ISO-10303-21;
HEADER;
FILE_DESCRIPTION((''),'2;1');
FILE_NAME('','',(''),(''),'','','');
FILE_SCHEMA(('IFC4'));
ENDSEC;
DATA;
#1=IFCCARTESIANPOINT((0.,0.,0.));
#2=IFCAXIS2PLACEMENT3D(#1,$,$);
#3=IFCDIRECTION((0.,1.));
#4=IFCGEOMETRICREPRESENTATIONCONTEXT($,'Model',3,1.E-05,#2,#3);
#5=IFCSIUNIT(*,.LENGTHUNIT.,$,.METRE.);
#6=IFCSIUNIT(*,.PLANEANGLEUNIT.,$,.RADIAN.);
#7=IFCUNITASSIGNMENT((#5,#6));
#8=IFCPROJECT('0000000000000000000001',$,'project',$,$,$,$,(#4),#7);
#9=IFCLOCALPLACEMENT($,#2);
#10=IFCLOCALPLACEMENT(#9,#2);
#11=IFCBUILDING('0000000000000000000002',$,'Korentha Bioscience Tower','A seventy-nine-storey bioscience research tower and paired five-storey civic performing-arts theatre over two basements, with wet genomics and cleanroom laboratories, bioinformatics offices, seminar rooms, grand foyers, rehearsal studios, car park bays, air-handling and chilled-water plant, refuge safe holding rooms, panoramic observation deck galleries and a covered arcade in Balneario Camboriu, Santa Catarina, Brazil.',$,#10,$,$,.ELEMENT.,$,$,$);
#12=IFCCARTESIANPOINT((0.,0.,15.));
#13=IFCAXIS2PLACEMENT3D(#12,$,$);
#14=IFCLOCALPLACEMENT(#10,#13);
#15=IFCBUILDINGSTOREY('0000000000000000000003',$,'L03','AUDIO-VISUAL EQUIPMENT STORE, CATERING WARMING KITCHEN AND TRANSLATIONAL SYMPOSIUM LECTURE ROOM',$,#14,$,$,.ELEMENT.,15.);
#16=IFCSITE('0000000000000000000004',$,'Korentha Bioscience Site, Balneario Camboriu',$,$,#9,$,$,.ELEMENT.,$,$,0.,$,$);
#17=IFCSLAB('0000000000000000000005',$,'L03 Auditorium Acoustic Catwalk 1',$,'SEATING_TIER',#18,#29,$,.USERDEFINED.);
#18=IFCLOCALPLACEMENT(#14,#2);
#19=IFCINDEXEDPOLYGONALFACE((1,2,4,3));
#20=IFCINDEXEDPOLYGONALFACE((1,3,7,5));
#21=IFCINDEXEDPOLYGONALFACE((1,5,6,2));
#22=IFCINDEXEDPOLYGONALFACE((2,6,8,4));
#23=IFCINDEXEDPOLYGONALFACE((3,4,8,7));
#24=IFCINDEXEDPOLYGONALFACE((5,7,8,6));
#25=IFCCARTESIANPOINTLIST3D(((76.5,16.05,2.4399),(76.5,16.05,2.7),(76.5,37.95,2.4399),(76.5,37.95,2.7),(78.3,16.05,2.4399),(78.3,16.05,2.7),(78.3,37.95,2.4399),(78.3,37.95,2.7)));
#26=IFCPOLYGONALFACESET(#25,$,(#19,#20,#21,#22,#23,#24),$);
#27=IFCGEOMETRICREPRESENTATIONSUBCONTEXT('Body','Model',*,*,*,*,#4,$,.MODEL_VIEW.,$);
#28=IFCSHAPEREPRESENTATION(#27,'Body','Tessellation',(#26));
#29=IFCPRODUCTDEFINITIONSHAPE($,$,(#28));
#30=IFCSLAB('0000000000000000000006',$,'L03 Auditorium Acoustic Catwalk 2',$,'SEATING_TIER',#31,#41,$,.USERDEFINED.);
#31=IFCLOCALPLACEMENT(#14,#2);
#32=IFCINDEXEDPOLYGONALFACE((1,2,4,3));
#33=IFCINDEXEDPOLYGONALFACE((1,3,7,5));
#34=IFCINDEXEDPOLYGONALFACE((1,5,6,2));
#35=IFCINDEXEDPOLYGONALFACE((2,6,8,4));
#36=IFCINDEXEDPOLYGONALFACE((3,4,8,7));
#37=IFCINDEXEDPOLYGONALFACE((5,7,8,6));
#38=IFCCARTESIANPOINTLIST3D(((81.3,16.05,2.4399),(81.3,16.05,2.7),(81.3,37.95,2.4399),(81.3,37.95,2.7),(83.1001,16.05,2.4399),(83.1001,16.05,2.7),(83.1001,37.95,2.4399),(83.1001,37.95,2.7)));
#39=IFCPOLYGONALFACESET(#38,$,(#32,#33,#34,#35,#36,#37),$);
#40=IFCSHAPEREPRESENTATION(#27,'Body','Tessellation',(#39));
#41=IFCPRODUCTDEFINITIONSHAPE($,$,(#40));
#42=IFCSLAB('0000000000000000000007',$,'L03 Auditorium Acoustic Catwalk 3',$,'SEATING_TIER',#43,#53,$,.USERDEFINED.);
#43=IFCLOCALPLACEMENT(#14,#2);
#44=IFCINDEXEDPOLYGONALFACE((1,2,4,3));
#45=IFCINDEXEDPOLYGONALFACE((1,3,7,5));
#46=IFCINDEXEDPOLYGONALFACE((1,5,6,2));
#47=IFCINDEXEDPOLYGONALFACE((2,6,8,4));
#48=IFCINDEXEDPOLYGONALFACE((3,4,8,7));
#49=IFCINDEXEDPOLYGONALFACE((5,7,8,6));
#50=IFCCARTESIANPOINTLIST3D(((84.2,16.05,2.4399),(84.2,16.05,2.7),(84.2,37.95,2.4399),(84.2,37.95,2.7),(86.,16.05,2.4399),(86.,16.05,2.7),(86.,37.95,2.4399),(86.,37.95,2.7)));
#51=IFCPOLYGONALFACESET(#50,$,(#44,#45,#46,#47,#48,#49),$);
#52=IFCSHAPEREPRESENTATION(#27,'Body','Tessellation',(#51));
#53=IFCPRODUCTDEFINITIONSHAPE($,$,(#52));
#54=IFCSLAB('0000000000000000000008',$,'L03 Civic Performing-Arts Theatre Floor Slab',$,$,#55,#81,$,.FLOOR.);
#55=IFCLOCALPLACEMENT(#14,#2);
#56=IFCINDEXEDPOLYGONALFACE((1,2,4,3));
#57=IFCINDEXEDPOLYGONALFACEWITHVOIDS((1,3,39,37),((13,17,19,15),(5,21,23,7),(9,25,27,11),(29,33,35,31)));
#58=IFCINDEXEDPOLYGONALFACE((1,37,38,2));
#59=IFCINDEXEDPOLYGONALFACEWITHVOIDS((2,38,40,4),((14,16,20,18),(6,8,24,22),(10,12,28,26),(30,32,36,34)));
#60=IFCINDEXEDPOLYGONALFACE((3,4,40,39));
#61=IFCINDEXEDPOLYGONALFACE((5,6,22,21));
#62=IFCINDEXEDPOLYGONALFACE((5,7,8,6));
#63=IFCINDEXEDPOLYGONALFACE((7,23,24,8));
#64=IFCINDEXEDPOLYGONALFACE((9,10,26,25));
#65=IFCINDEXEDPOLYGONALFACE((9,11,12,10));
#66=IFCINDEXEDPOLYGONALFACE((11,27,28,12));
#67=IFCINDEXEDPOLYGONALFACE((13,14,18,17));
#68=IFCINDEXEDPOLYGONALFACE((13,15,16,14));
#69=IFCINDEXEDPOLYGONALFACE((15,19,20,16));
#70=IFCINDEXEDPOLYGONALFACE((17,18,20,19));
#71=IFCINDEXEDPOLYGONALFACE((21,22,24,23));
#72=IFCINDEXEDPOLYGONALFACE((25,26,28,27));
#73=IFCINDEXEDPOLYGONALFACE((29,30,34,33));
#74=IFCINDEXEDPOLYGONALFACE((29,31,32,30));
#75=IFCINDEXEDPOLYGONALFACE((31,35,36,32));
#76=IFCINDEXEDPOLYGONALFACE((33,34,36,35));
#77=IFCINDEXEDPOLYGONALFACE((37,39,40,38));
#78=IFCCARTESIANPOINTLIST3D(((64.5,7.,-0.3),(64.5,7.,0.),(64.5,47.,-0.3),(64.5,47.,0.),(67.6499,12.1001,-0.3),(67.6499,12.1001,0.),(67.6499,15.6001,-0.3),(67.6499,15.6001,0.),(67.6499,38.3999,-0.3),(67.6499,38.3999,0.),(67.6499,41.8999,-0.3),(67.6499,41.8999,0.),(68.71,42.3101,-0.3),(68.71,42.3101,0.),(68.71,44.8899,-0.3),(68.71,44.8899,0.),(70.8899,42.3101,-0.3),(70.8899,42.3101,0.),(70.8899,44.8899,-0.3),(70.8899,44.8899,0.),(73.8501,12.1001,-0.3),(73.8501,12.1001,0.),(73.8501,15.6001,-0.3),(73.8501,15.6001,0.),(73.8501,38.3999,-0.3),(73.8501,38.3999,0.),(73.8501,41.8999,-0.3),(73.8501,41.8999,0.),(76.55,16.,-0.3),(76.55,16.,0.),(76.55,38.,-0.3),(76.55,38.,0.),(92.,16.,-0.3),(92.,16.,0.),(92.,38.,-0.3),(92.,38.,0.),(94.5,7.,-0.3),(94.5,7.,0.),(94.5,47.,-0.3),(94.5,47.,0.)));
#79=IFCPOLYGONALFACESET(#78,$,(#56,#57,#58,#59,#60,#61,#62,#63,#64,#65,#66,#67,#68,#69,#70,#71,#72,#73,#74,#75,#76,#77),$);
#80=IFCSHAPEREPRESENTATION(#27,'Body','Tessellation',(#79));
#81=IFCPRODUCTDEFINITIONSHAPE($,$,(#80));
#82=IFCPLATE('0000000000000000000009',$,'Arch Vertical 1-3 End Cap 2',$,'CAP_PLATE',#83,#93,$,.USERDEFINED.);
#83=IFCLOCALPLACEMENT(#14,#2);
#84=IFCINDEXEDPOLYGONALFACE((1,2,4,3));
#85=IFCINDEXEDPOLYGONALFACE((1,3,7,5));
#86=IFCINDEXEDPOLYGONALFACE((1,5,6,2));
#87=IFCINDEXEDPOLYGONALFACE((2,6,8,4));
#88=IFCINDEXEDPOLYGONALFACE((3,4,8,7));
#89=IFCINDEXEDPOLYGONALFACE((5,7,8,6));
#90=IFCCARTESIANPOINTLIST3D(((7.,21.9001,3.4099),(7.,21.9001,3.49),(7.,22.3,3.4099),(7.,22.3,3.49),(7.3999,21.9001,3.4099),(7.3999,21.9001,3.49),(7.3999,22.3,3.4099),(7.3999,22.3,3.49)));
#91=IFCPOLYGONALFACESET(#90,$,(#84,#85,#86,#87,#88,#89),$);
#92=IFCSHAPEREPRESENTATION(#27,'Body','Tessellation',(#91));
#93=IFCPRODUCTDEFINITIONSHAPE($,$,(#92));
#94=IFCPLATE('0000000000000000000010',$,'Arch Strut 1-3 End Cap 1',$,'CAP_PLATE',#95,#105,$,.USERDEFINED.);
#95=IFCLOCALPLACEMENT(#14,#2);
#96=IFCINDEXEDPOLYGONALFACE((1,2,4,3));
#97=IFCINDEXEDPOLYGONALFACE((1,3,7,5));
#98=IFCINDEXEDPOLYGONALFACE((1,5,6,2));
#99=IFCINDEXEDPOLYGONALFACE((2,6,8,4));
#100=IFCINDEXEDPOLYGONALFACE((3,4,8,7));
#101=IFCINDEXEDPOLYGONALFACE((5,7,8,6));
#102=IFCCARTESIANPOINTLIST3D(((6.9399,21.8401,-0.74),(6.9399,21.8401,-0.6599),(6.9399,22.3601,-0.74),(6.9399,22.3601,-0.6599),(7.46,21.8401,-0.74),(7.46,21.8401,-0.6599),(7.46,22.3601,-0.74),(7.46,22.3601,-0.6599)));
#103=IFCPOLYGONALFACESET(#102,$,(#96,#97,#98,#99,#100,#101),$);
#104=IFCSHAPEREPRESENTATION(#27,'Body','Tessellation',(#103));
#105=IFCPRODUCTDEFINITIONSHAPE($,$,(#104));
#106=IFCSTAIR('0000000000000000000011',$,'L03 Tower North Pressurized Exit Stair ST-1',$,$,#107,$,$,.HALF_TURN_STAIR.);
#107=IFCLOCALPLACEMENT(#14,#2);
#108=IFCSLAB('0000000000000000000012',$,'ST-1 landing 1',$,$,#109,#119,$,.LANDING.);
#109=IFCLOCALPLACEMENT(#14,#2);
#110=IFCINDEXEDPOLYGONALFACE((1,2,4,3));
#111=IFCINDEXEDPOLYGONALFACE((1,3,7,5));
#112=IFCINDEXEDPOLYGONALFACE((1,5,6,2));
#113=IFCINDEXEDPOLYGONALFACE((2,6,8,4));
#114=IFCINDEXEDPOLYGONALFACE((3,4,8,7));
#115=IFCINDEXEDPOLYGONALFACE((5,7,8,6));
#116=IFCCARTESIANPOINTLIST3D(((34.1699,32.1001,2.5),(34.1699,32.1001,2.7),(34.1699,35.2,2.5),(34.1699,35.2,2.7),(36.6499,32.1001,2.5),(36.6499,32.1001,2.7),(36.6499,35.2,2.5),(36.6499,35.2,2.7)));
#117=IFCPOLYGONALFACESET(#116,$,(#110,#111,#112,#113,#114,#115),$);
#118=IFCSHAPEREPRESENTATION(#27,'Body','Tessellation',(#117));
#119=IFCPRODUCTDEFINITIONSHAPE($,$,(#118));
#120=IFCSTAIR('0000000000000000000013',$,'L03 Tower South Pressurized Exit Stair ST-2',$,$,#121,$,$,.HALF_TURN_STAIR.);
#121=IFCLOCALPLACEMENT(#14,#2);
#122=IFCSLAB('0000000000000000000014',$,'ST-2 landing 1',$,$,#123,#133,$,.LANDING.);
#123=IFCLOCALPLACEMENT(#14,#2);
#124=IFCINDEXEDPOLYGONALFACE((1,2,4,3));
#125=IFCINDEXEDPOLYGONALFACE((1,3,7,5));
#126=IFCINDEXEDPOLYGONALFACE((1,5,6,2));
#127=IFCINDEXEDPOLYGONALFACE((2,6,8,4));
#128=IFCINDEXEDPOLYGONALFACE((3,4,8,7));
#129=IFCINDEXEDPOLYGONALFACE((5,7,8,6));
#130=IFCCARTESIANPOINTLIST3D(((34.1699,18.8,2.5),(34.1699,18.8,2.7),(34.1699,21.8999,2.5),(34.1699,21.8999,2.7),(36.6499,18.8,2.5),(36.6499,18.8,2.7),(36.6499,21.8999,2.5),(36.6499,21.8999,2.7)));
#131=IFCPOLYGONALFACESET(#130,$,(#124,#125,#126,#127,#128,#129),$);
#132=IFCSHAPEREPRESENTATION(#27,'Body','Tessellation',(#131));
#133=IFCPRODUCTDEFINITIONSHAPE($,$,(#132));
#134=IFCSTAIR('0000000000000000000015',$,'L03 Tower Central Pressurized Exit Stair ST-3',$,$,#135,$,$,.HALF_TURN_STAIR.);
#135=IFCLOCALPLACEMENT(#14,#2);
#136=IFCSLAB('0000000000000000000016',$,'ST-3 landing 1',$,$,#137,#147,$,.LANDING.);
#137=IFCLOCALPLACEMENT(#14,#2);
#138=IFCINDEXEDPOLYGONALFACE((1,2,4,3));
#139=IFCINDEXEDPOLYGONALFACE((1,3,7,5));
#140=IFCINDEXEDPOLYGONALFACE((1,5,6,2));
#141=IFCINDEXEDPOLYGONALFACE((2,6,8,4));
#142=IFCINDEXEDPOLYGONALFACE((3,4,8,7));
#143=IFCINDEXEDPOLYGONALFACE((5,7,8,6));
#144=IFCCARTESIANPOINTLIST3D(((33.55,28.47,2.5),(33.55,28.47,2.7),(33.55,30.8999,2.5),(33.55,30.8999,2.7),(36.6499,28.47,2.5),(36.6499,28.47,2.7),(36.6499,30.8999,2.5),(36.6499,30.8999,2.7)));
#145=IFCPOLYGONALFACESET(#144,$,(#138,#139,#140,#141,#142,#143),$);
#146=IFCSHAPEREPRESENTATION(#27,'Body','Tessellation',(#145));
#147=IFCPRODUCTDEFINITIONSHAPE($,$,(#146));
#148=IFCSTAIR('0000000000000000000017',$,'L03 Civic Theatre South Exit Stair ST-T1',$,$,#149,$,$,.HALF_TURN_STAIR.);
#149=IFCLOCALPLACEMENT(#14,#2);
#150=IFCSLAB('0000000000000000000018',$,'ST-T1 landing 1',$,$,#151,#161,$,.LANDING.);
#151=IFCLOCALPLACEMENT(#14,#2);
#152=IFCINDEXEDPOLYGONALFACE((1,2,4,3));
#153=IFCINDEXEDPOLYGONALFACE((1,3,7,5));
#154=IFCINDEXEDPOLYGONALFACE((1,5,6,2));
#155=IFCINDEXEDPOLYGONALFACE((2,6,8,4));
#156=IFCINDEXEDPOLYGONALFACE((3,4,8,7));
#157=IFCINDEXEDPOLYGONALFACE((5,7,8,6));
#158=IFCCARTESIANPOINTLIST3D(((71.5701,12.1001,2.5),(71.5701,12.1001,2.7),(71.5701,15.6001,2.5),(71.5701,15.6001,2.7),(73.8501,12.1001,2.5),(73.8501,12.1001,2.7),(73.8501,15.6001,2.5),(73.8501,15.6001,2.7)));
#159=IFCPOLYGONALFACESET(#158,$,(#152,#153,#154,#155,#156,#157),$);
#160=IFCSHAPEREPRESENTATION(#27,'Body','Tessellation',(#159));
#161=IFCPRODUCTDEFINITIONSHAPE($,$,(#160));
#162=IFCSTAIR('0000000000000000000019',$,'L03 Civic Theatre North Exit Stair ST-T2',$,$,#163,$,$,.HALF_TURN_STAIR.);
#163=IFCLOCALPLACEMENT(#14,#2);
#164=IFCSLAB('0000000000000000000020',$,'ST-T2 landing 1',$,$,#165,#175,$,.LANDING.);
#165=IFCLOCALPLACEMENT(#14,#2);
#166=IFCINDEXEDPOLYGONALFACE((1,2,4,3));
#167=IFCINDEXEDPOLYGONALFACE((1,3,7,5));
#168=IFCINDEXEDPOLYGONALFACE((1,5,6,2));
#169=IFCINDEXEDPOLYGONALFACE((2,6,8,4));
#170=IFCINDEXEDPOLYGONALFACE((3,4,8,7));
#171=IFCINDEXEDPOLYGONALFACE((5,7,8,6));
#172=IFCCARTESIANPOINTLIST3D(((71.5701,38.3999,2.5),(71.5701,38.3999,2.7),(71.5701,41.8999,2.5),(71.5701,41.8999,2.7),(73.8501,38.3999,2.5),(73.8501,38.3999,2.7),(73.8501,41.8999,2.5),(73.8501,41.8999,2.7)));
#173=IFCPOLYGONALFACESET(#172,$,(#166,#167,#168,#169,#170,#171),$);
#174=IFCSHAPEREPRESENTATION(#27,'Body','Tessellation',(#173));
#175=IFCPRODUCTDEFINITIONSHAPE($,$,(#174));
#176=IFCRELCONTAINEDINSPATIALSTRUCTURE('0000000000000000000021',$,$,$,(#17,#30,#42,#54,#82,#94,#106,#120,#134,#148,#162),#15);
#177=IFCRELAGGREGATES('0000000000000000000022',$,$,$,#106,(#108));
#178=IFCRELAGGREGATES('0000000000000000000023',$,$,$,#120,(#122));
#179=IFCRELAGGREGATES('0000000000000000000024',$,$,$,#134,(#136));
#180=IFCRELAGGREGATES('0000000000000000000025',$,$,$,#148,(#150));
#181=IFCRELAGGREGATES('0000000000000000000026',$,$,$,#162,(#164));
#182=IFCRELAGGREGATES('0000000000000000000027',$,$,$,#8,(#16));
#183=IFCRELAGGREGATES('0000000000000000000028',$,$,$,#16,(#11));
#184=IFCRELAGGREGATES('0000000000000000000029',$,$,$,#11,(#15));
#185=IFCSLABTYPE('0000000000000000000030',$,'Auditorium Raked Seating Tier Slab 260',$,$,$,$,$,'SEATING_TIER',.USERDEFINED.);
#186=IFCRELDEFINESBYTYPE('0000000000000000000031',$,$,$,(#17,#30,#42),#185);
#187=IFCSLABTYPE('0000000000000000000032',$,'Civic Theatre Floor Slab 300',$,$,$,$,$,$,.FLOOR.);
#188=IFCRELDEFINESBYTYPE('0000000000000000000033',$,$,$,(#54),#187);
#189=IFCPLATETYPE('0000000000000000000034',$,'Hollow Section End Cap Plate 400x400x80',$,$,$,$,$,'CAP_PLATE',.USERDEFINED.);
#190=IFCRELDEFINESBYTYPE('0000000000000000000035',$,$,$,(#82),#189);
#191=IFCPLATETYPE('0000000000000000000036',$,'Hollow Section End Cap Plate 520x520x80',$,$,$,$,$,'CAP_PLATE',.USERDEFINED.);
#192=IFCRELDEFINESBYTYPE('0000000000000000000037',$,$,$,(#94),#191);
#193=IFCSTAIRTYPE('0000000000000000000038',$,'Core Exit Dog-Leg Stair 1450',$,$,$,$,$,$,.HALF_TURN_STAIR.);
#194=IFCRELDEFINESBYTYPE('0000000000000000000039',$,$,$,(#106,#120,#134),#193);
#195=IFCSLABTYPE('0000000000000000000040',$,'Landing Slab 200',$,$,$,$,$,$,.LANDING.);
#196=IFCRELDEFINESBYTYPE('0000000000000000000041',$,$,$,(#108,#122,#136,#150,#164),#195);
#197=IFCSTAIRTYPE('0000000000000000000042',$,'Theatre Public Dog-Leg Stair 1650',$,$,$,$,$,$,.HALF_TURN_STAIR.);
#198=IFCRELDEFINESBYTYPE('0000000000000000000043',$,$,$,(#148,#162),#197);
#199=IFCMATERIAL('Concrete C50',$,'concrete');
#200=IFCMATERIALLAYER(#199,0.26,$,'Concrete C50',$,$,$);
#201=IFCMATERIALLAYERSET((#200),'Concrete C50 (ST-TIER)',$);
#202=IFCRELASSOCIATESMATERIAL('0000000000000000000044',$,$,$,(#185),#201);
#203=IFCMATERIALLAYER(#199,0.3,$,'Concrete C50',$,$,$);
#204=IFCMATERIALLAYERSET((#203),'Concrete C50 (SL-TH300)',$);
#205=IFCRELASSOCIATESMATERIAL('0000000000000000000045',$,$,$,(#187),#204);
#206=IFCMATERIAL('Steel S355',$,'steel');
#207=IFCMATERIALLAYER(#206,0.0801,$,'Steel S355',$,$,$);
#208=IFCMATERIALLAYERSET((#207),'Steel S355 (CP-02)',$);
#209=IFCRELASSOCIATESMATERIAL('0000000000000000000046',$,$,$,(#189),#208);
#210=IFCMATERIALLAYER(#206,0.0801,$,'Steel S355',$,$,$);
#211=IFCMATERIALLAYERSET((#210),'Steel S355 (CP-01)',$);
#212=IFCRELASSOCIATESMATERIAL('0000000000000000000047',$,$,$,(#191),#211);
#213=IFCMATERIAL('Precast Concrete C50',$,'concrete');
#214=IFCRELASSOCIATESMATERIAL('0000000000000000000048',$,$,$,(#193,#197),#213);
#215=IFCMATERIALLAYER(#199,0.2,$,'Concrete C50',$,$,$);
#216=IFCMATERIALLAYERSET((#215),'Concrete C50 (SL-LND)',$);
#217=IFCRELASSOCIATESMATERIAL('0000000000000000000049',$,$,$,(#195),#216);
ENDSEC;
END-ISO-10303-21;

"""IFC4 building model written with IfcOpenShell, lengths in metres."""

from ifc_helpers import new_model, si_unit, direction, frame, origin, origin_2d, place, context, subcontext, project, spatial, polyline, rectangle, outline, extrude, material, layer, layer_set, type_object, element, aggregate, save


model = new_model("IFC4")

# Units and contexts
model_context = context("Model", 3, precision=1e-05, world=origin(), true_north=direction((0.0, 1.0)))
body_context = subcontext(model_context, "Body", "Model", "MODEL_VIEW")
ifc_project = project(units=[si_unit("LENGTHUNIT", "METRE"), si_unit("PLANEANGLEUNIT", "RADIAN")], contexts=[model_context])

# Site, building, storey
site_placement = place(None, origin())
site = spatial("IfcSite", under=ifc_project, at=site_placement, Name="Korentha Bioscience Site, Balneario Camboriu", CompositionType="ELEMENT", RefElevation=0.0)
building_placement = place(site_placement, origin())
building = spatial("IfcBuilding", under=site, at=building_placement, Name="Korentha Bioscience Tower", Description="A seventy-nine-storey bioscience research tower and paired five-storey civic performing-arts theatre over two basements, with wet genomics and cleanroom laboratories, bioinformatics offices, seminar rooms, grand foyers, rehearsal studios, car park bays, air-handling and chilled-water plant, refuge safe holding rooms, panoramic observation deck galleries and a covered arcade in Balneario Camboriu, Santa Catarina, Brazil.", CompositionType="ELEMENT")
storey_placement = place(building_placement, frame((0.0, 0.0, 15.0)))
storey = spatial("IfcBuildingStorey", under=building, at=storey_placement, Name="L03", Description="AUDIO-VISUAL EQUIPMENT STORE, CATERING WARMING KITCHEN AND TRANSLATIONAL SYMPOSIUM LECTURE ROOM", CompositionType="ELEMENT", Elevation=15.0)

# Shared definitions
ifc_material_1 = material(Name="Steel S355", Category="steel")

# Slabs
ifc_material_2 = material(Name="Concrete C50", Category="concrete")
ifc_layer_1 = layer(ifc_material_2, 0.26, Name="Concrete C50")
ifc_layer_set_1 = layer_set([ifc_layer_1], Name="Concrete C50 (ST-TIER)")
slab_type_1 = type_object("IfcSlabType", Name="Auditorium Raked Seating Tier Slab 260", ElementType="SEATING_TIER", PredefinedType="USERDEFINED", material=ifc_layer_set_1)
slab_1_placement = place(storey_placement, frame((0.0, 0.0, 2.4399)))
element("IfcSlab", 1, at=slab_1_placement, inside=storey, type_object=slab_type_1, Name="L03 Auditorium Acoustic Catwalk 1", ObjectType="SEATING_TIER", PredefinedType="USERDEFINED", context=body_context, shape_type="SweptSolid", body=[
    extrude(outline(polyline([(76.5, 16.05), (78.3, 16.05), (78.3, 37.95), (76.5, 37.95), (76.5, 16.05)])), origin(), (0.0, 0.0, 1.0), 0.26),
])
slab_2_placement = place(storey_placement, frame((0.0, 0.0, 2.4399)))
element("IfcSlab", 2, at=slab_2_placement, inside=storey, type_object=slab_type_1, Name="L03 Auditorium Acoustic Catwalk 2", ObjectType="SEATING_TIER", PredefinedType="USERDEFINED", context=body_context, shape_type="SweptSolid", body=[
    extrude(outline(polyline([(81.3, 16.05), (83.1001, 16.05), (83.1001, 37.95), (81.3, 37.95), (81.3, 16.05)])), origin(), (0.0, 0.0, 1.0), 0.26),
])
slab_3_placement = place(storey_placement, frame((0.0, 0.0, 2.4399)))
element("IfcSlab", 3, at=slab_3_placement, inside=storey, type_object=slab_type_1, Name="L03 Auditorium Acoustic Catwalk 3", ObjectType="SEATING_TIER", PredefinedType="USERDEFINED", context=body_context, shape_type="SweptSolid", body=[
    extrude(outline(polyline([(84.2, 16.05), (86.0, 16.05), (86.0, 37.95), (84.2, 37.95), (84.2, 16.05)])), origin(), (0.0, 0.0, 1.0), 0.26),
])
ifc_layer_2 = layer(ifc_material_2, 0.3, Name="Concrete C50")
ifc_layer_set_2 = layer_set([ifc_layer_2], Name="Concrete C50 (SL-TH300)")
slab_type_2 = type_object("IfcSlabType", Name="Civic Theatre Floor Slab 300", PredefinedType="FLOOR", material=ifc_layer_set_2)
slab_4_placement = place(storey_placement, frame((0.0, 0.0, -0.3)))
element("IfcSlab", 4, at=slab_4_placement, inside=storey, type_object=slab_type_2, Name="L03 Civic Performing-Arts Theatre Floor Slab", PredefinedType="FLOOR", context=body_context, shape_type="SweptSolid", body=[
    extrude(outline(polyline([(64.5, 7.0), (94.5, 7.0), (94.5, 47.0), (64.5, 47.0), (64.5, 7.0)]), holes=[polyline([(67.6499, 12.1001), (73.8501, 12.1001), (73.8501, 15.6001), (67.6499, 15.6001), (67.6499, 12.1001)]), polyline([(67.6499, 38.3999), (73.8501, 38.3999), (73.8501, 41.8999), (67.6499, 41.8999), (67.6499, 38.3999)]), polyline([(68.71, 42.3101), (70.8899, 42.3101), (70.8899, 44.8899), (68.71, 44.8899), (68.71, 42.3101)]), polyline([(76.55, 16.0), (92.0, 16.0), (92.0, 38.0), (76.55, 38.0), (76.55, 16.0)])]), origin(), (0.0, 0.0, 1.0), 0.3),
])

# Plates
ifc_layer_3 = layer(ifc_material_1, 0.0801, Name="Steel S355")
ifc_layer_set_3 = layer_set([ifc_layer_3], Name="Steel S355 (CP-02)")
plate_type_1 = type_object("IfcPlateType", Name="Hollow Section End Cap Plate 400x400x80", ElementType="CAP_PLATE", PredefinedType="USERDEFINED", material=ifc_layer_set_3)
plate_1_placement = place(storey_placement, frame((7.2, 22.1001, 3.4099), z_axis=(0.0, 0.0, 1.0), x_axis=(1.0, 0.0, 0.0)))
element("IfcPlate", 5, at=plate_1_placement, inside=storey, type_object=plate_type_1, Name="Arch Vertical 1-3 End Cap 2", ObjectType="CAP_PLATE", PredefinedType="USERDEFINED", context=body_context, shape_type="SweptSolid", body=[
    extrude(rectangle(XDim=0.3999, YDim=0.3999, at=origin_2d()), origin(), (0.0, 0.0, 1.0), 0.0801),
])
ifc_layer_4 = layer(ifc_material_1, 0.0801, Name="Steel S355")
ifc_layer_set_4 = layer_set([ifc_layer_4], Name="Steel S355 (CP-01)")
plate_type_2 = type_object("IfcPlateType", Name="Hollow Section End Cap Plate 520x520x80", ElementType="CAP_PLATE", PredefinedType="USERDEFINED", material=ifc_layer_set_4)
plate_2_placement = place(storey_placement, frame((7.2, 22.1001, -0.74), z_axis=(0.0, 0.0, 1.0), x_axis=(0.0, 1.0, 0.0)))
element("IfcPlate", 6, at=plate_2_placement, inside=storey, type_object=plate_type_2, Name="Arch Strut 1-3 End Cap 1", ObjectType="CAP_PLATE", PredefinedType="USERDEFINED", context=body_context, shape_type="SweptSolid", body=[
    extrude(rectangle(XDim=0.52, YDim=0.52, at=origin_2d()), origin(), (0.0, 0.0, 1.0), 0.0801),
])

# Stairs, slabs
ifc_material_3 = material(Name="Precast Concrete C50", Category="concrete")
stair_type_1 = type_object("IfcStairType", Name="Core Exit Dog-Leg Stair 1450", PredefinedType="HALF_TURN_STAIR", material=ifc_material_3)
stair_1_placement = place(storey_placement, origin())
stair_1 = element("IfcStair", 7, at=stair_1_placement, inside=storey, type_object=stair_type_1, Name="L03 Tower North Pressurized Exit Stair ST-1", PredefinedType="HALF_TURN_STAIR")
ifc_layer_5 = layer(ifc_material_2, 0.2, Name="Concrete C50")
ifc_layer_set_5 = layer_set([ifc_layer_5], Name="Concrete C50 (SL-LND)")
slab_type_3 = type_object("IfcSlabType", Name="Landing Slab 200", PredefinedType="LANDING", material=ifc_layer_set_5)
slab_5_placement = place(storey_placement, frame((0.0, 0.0, 2.5)))
slab_5 = element("IfcSlab", 8, at=slab_5_placement, type_object=slab_type_3, Name="ST-1 landing 1", PredefinedType="LANDING", context=body_context, shape_type="SweptSolid", body=[
    extrude(outline(polyline([(34.1699, 32.1001), (36.6499, 32.1001), (36.6499, 35.2), (34.1699, 35.2), (34.1699, 32.1001)])), origin(), (0.0, 0.0, 1.0), 0.2),
])
aggregate(stair_1, [slab_5])
stair_2_placement = place(storey_placement, origin())
stair_2 = element("IfcStair", 9, at=stair_2_placement, inside=storey, type_object=stair_type_1, Name="L03 Tower South Pressurized Exit Stair ST-2", PredefinedType="HALF_TURN_STAIR")
slab_6_placement = place(storey_placement, frame((0.0, 0.0, 2.5)))
slab_6 = element("IfcSlab", 10, at=slab_6_placement, type_object=slab_type_3, Name="ST-2 landing 1", PredefinedType="LANDING", context=body_context, shape_type="SweptSolid", body=[
    extrude(outline(polyline([(34.1699, 18.8), (36.6499, 18.8), (36.6499, 21.8999), (34.1699, 21.8999), (34.1699, 18.8)])), origin(), (0.0, 0.0, 1.0), 0.2),
])
aggregate(stair_2, [slab_6])
stair_3_placement = place(storey_placement, origin())
stair_3 = element("IfcStair", 11, at=stair_3_placement, inside=storey, type_object=stair_type_1, Name="L03 Tower Central Pressurized Exit Stair ST-3", PredefinedType="HALF_TURN_STAIR")
slab_7_placement = place(storey_placement, frame((0.0, 0.0, 2.5)))
slab_7 = element("IfcSlab", 12, at=slab_7_placement, type_object=slab_type_3, Name="ST-3 landing 1", PredefinedType="LANDING", context=body_context, shape_type="SweptSolid", body=[
    extrude(outline(polyline([(36.6499, 28.47), (36.6499, 30.8999), (33.55, 30.8999), (33.55, 28.47), (36.6499, 28.47)])), origin(), (0.0, 0.0, 1.0), 0.2),
])
aggregate(stair_3, [slab_7])
stair_type_2 = type_object("IfcStairType", Name="Theatre Public Dog-Leg Stair 1650", PredefinedType="HALF_TURN_STAIR", material=ifc_material_3)
stair_4_placement = place(storey_placement, origin())
stair_4 = element("IfcStair", 13, at=stair_4_placement, inside=storey, type_object=stair_type_2, Name="L03 Civic Theatre South Exit Stair ST-T1", PredefinedType="HALF_TURN_STAIR")
slab_8_placement = place(storey_placement, frame((0.0, 0.0, 2.5)))
slab_8 = element("IfcSlab", 14, at=slab_8_placement, type_object=slab_type_3, Name="ST-T1 landing 1", PredefinedType="LANDING", context=body_context, shape_type="SweptSolid", body=[
    extrude(outline(polyline([(71.5701, 12.1001), (73.8501, 12.1001), (73.8501, 15.6001), (71.5701, 15.6001), (71.5701, 12.1001)])), origin(), (0.0, 0.0, 1.0), 0.2),
])
aggregate(stair_4, [slab_8])
stair_5_placement = place(storey_placement, origin())
stair_5 = element("IfcStair", 15, at=stair_5_placement, inside=storey, type_object=stair_type_2, Name="L03 Civic Theatre North Exit Stair ST-T2", PredefinedType="HALF_TURN_STAIR")
slab_9_placement = place(storey_placement, frame((0.0, 0.0, 2.5)))
slab_9 = element("IfcSlab", 16, at=slab_9_placement, type_object=slab_type_3, Name="ST-T2 landing 1", PredefinedType="LANDING", context=body_context, shape_type="SweptSolid", body=[
    extrude(outline(polyline([(71.5701, 38.3999), (73.8501, 38.3999), (73.8501, 41.8999), (71.5701, 41.8999), (71.5701, 38.3999)])), origin(), (0.0, 0.0, 1.0), 0.2),
])
aggregate(stair_5, [slab_9])

save(model, "model.ifc")
